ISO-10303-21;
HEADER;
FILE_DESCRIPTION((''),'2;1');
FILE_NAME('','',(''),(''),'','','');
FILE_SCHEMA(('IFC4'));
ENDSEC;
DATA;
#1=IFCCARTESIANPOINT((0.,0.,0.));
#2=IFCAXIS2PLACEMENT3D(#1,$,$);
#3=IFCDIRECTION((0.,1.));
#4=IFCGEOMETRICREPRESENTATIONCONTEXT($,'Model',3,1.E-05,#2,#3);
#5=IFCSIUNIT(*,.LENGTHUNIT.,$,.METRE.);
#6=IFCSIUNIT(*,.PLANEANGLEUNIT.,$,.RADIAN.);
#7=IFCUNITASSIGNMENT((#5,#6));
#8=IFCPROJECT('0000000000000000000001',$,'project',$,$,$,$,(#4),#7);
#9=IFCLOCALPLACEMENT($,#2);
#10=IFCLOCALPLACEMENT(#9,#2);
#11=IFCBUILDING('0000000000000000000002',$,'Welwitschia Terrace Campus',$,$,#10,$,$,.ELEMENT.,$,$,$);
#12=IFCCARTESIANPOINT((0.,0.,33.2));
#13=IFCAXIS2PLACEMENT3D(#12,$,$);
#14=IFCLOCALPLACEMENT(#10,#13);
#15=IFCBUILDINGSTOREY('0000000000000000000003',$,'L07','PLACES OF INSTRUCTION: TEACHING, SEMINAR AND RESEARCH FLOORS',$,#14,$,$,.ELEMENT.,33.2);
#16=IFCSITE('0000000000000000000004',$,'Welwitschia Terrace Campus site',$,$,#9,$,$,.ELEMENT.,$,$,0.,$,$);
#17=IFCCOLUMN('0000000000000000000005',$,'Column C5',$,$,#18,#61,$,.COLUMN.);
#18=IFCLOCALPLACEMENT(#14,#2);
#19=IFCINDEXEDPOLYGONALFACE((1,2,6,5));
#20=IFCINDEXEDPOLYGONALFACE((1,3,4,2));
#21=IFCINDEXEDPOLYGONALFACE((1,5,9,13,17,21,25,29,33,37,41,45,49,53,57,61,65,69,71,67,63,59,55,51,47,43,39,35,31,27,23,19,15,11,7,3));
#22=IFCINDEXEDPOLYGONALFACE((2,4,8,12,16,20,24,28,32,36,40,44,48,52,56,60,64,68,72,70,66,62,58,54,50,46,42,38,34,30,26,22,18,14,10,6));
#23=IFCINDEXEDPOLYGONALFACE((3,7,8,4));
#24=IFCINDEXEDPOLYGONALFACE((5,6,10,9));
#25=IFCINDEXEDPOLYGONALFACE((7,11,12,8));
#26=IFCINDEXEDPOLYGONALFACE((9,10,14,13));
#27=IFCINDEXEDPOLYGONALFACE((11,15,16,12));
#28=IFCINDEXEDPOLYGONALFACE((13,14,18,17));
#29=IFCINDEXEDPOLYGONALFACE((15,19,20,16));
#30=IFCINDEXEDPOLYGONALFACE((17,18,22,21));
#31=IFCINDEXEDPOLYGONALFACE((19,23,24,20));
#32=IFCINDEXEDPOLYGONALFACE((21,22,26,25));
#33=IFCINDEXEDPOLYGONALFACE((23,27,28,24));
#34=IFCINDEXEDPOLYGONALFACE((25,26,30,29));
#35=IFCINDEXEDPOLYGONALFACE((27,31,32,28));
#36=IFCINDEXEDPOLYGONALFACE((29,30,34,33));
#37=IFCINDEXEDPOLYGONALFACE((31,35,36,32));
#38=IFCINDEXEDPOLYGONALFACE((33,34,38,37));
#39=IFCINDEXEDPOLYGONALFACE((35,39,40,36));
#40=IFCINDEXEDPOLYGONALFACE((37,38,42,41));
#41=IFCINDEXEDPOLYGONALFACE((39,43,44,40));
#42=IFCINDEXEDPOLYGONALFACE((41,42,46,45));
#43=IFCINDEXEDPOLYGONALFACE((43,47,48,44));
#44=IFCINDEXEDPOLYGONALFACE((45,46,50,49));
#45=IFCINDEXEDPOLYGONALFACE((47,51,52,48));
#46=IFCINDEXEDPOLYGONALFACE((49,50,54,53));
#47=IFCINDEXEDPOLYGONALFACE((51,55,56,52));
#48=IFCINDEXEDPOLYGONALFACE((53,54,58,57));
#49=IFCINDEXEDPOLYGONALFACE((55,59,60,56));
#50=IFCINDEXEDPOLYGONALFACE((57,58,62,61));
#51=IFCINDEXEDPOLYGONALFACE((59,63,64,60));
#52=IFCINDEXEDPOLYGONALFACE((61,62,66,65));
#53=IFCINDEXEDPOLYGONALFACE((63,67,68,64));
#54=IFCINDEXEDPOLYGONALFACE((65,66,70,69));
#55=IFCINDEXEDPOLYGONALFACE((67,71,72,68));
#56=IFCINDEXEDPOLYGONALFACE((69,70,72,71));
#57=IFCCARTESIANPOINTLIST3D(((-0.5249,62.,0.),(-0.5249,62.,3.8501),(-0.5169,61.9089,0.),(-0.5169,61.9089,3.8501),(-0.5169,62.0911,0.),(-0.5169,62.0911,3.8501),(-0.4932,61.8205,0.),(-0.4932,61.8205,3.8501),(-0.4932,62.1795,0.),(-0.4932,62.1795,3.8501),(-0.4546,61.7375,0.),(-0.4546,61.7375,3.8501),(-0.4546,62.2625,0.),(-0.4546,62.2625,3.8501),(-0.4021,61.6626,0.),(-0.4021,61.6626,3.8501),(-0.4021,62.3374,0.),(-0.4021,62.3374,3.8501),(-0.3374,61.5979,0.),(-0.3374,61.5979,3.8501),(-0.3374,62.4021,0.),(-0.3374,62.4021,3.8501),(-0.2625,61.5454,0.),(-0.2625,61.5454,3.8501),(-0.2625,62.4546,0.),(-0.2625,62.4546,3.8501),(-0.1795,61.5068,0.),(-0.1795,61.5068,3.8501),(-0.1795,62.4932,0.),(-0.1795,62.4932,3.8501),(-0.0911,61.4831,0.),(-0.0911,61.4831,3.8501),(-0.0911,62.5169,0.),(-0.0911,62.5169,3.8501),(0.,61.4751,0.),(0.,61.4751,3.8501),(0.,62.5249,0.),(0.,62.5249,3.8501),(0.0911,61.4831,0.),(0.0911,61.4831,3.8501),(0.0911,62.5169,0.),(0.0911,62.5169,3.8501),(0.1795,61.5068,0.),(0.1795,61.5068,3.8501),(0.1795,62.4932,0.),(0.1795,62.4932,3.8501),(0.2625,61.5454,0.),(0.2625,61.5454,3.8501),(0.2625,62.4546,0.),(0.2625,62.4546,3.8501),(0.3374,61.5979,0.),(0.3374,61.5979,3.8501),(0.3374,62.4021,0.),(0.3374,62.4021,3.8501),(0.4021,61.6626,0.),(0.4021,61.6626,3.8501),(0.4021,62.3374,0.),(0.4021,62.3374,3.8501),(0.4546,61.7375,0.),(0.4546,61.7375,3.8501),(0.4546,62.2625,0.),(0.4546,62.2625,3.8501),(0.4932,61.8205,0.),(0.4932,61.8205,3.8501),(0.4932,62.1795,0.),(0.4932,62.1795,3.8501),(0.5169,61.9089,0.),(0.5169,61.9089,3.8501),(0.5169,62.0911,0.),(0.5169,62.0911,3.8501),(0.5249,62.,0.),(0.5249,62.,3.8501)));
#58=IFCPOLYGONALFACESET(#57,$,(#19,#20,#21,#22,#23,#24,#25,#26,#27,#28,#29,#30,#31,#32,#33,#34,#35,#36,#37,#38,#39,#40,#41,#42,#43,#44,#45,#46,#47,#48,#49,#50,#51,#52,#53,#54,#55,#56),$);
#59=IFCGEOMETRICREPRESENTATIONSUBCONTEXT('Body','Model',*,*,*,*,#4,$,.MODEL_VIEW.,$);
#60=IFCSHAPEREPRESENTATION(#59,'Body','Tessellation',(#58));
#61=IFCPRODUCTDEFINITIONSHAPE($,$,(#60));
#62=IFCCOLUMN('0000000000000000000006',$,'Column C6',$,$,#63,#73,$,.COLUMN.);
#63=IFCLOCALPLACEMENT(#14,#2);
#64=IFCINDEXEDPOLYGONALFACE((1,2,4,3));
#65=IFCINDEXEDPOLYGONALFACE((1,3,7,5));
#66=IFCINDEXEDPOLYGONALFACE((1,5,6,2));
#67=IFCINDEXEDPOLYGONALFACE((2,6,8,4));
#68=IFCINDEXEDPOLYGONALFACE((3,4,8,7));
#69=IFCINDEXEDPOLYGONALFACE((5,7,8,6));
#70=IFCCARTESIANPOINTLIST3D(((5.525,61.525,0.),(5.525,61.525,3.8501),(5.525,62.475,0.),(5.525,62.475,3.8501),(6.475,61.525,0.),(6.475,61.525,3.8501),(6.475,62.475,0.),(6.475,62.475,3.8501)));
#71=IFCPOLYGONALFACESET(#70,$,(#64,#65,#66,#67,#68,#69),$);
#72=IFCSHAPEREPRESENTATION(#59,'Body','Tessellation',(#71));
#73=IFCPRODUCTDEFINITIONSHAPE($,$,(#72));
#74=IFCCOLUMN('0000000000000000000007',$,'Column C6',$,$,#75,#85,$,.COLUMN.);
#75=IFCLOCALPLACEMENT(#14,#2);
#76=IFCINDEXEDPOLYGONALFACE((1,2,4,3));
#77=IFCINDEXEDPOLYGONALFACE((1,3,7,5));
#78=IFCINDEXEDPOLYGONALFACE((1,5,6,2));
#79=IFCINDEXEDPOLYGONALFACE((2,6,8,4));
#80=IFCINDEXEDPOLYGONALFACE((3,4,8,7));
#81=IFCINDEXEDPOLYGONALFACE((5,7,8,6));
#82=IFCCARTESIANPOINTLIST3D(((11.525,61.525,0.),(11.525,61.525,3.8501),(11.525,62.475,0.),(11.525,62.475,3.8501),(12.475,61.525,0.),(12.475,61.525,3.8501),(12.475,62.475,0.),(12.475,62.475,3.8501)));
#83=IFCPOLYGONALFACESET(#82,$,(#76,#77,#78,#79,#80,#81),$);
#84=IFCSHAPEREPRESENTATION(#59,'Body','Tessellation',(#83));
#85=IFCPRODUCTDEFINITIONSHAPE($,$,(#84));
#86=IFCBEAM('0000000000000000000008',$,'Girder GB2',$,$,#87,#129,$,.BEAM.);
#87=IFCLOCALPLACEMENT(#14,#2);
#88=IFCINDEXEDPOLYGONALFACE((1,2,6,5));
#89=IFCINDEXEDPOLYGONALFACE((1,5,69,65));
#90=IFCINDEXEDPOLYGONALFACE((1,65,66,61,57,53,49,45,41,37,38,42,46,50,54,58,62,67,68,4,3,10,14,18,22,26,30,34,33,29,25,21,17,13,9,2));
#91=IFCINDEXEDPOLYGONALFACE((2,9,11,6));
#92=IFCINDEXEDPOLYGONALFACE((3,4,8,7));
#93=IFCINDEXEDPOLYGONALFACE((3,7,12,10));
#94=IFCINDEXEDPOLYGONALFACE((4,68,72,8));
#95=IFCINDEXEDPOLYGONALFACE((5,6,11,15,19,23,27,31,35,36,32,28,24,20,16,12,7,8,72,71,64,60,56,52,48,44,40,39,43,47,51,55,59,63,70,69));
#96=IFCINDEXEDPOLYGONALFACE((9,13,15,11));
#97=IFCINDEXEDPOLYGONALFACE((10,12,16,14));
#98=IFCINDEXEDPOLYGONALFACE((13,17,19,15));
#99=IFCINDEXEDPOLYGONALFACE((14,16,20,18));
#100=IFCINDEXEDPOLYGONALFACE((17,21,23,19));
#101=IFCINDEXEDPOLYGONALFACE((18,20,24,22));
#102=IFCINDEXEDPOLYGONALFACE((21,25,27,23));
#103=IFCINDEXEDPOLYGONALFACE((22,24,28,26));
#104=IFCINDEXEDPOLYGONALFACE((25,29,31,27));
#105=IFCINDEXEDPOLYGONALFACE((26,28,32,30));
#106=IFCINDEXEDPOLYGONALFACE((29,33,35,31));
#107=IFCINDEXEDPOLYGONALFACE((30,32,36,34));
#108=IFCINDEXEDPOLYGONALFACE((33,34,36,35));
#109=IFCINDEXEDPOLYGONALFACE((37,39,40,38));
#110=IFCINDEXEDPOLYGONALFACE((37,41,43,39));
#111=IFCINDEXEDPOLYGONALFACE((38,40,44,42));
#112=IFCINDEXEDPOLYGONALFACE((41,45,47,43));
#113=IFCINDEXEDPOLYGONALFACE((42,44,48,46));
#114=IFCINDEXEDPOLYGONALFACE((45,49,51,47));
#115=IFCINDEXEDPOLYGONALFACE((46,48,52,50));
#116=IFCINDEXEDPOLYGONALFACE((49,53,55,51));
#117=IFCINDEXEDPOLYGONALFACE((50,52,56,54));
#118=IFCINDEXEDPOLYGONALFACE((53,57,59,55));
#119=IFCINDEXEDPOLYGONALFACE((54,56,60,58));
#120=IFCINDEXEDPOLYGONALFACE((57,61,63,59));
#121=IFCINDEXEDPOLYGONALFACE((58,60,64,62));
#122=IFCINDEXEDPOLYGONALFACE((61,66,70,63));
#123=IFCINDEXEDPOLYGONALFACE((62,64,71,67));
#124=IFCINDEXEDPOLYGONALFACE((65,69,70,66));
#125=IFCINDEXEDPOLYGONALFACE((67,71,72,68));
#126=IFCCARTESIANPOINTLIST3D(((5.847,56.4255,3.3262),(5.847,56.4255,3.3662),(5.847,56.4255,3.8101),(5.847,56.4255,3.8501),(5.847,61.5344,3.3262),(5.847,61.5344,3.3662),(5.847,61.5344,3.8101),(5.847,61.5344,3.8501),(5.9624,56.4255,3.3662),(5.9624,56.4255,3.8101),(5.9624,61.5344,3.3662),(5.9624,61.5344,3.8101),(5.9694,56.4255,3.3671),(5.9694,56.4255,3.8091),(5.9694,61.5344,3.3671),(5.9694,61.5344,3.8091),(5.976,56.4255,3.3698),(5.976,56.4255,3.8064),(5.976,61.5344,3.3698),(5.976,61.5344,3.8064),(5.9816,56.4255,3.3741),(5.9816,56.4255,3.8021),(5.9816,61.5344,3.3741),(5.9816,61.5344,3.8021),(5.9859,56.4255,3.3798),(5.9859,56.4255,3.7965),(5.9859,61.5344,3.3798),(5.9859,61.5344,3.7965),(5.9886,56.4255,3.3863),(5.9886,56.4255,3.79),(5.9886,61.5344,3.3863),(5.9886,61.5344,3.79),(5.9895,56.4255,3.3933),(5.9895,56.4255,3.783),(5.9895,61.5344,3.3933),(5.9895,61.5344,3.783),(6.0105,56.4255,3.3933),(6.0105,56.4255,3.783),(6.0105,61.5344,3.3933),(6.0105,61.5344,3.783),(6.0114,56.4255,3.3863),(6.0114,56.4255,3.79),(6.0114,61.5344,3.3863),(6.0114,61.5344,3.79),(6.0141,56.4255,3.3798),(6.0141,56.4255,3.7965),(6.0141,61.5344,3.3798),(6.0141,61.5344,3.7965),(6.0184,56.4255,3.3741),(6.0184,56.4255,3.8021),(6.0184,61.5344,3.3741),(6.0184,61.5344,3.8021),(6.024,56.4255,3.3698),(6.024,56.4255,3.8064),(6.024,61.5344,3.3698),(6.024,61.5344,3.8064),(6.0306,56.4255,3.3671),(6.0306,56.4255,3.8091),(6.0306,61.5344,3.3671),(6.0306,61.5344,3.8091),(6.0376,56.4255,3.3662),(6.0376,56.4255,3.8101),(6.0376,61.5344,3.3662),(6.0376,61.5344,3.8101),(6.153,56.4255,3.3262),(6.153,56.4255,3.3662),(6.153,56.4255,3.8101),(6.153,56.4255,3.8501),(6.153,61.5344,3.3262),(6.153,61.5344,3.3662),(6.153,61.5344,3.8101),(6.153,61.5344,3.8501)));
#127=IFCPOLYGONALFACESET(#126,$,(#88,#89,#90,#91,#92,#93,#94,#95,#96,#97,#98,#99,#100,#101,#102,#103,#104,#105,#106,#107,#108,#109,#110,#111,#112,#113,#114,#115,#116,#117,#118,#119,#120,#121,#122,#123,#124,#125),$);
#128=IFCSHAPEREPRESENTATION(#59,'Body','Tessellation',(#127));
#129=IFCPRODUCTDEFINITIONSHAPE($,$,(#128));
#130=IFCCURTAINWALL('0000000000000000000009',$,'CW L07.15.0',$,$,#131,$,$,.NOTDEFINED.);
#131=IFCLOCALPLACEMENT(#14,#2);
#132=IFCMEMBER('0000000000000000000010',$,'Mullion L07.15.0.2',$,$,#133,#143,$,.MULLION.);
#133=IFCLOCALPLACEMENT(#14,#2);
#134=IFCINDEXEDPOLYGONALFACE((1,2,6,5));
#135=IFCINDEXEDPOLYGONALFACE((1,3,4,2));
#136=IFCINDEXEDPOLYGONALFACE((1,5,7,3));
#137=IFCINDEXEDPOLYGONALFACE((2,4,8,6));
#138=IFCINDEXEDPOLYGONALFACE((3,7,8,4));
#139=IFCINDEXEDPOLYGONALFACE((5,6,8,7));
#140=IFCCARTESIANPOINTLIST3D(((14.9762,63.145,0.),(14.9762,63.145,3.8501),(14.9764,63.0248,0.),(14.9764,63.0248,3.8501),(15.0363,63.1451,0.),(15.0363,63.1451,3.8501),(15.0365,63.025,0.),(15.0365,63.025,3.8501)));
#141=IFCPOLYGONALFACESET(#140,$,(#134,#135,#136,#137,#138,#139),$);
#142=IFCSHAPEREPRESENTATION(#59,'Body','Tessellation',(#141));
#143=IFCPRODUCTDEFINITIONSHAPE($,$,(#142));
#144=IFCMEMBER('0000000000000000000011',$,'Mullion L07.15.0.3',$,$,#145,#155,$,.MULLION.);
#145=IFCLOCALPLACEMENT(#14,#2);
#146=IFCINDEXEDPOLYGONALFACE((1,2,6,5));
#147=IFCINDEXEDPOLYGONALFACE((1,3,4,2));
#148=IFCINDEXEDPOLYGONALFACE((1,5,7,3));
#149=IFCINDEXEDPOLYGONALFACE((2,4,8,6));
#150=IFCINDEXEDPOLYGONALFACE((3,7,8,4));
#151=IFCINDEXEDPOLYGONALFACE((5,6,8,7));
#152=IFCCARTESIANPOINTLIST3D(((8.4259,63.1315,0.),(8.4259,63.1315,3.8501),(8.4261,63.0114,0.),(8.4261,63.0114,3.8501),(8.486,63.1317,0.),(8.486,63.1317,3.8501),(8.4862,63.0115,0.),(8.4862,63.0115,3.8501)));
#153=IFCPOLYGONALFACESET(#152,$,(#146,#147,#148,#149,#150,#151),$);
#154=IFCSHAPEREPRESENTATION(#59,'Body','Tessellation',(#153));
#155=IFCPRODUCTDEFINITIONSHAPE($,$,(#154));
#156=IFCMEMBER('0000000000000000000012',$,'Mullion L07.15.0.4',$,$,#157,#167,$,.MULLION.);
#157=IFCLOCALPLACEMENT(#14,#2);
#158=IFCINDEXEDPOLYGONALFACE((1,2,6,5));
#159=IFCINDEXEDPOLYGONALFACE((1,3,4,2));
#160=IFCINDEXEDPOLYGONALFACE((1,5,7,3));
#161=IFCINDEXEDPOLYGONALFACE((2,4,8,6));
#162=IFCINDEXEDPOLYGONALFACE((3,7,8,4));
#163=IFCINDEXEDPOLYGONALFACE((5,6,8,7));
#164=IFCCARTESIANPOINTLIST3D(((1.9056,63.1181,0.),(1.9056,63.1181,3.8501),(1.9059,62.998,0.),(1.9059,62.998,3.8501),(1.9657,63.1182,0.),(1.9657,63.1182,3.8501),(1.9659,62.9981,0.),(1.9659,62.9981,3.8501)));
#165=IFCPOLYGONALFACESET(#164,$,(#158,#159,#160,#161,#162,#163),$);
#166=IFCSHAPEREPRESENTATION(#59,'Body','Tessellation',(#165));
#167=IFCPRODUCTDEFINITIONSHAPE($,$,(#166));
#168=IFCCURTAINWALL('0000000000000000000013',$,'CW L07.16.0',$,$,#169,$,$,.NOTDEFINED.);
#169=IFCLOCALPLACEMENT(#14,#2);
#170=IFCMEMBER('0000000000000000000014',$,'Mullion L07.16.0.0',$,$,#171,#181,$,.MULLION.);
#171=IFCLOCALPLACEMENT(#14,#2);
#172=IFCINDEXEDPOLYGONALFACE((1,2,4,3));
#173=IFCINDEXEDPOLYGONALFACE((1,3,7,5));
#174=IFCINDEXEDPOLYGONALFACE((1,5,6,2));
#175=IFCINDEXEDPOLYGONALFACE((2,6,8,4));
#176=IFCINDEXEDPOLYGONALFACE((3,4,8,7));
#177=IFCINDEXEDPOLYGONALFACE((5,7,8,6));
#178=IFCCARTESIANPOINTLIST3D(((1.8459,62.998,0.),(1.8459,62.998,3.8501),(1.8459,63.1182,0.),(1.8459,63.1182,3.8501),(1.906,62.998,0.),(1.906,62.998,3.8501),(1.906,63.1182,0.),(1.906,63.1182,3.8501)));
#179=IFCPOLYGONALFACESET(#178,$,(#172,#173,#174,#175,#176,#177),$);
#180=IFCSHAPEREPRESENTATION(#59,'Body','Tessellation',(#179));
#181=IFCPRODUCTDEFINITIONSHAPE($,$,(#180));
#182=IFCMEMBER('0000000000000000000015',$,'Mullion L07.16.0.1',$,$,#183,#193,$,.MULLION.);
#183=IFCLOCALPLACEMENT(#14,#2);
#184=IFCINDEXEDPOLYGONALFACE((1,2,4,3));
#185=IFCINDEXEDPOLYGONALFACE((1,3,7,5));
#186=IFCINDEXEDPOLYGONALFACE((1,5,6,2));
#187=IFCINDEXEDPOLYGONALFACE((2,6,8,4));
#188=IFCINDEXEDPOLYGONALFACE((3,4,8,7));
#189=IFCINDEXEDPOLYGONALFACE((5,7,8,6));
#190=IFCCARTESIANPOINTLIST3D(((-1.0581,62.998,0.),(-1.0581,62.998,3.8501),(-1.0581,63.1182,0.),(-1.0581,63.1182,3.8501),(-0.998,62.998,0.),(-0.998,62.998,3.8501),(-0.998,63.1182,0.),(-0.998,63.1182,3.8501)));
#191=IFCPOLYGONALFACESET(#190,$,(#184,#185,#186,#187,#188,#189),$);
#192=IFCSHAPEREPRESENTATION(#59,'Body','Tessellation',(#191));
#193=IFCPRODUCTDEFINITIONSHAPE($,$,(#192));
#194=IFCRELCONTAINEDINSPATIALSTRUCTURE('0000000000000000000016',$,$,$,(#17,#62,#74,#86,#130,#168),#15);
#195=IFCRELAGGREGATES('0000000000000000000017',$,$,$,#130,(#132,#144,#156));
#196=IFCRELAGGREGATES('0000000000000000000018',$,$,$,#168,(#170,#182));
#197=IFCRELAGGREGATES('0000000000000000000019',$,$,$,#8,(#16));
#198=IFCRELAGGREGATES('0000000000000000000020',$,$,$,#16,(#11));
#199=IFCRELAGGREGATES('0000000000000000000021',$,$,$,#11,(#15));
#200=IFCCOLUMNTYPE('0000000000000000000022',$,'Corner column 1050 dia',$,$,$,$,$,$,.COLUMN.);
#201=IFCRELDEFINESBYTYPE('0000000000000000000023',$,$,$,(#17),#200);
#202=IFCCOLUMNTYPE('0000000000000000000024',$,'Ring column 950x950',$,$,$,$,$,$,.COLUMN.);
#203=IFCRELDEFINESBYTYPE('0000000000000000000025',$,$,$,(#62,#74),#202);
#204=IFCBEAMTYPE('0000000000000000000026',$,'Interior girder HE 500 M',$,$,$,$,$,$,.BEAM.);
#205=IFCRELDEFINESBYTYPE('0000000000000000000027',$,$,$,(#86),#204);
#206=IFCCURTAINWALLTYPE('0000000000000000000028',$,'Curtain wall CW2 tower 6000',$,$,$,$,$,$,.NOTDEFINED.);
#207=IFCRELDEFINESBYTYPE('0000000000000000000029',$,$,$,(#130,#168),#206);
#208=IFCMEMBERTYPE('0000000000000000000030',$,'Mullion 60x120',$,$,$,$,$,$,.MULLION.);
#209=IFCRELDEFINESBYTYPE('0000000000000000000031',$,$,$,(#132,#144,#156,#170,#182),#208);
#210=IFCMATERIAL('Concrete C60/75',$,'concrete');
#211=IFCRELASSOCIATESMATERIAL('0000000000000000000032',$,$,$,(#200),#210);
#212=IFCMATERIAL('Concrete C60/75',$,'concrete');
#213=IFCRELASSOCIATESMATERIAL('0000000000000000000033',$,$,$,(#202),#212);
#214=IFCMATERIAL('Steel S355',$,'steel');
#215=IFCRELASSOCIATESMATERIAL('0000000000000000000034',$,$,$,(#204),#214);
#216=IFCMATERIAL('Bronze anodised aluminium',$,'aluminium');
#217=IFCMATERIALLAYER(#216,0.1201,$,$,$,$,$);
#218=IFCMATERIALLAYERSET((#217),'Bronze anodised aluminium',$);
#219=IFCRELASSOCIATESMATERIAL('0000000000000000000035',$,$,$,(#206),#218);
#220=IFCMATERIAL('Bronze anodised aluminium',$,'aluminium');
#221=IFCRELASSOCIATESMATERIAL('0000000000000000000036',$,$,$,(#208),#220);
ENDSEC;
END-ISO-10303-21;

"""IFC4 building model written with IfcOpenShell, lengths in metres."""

from ifc_helpers import new_model, si_unit, direction, frame, origin, origin_2d, place, context, subcontext, project, spatial, rectangle, circle, i_section, extrude, material, layer, layer_set, material_profile, profile_set, type_object, element, aggregate, save


model = new_model("IFC4")

# Units and contexts
model_context = context("Model", 3, precision=1e-05, world=origin(), true_north=direction((0.0, 1.0)))
body_context = subcontext(model_context, "Body", "Model", "MODEL_VIEW")
ifc_project = project(units=[si_unit("LENGTHUNIT", "METRE"), si_unit("PLANEANGLEUNIT", "RADIAN")], contexts=[model_context])

# Site, building, storey
site_placement = place(None, origin())
site = spatial("IfcSite", under=ifc_project, at=site_placement, Name="Welwitschia Terrace Campus site", CompositionType="ELEMENT", RefElevation=0.0)
building_placement = place(site_placement, origin())
building = spatial("IfcBuilding", under=site, at=building_placement, Name="Welwitschia Terrace Campus", CompositionType="ELEMENT")
storey_placement = place(building_placement, frame((0.0, 0.0, 33.2)))
storey = spatial("IfcBuildingStorey", under=building, at=storey_placement, Name="L07", Description="PLACES OF INSTRUCTION: TEACHING, SEMINAR AND RESEARCH FLOORS", CompositionType="ELEMENT", Elevation=33.2)

# Columns
ifc_material_1 = material(Name="Concrete C60/75", Category="concrete")
ifc_material_profile_1 = material_profile(ifc_material_1, circle(Radius=0.5249, at=origin_2d()))
ifc_profile_set_1 = profile_set([ifc_material_profile_1], Name="Concrete C60/75")
column_type_1 = type_object("IfcColumnType", Name="Corner column 1050 dia", PredefinedType="COLUMN", material=ifc_profile_set_1)
column_placement = place(storey_placement, frame((0.0, 62.0, 0.0), z_axis=(0.0, 0.0, 1.0), x_axis=(1.0, 0.0, 0.0)))
element("IfcColumn", 1, at=column_placement, inside=storey, type_object=column_type_1, Name="Column C5", PredefinedType="COLUMN", context=body_context, shape_type="SweptSolid", body=[
    extrude(circle(Radius=0.5249, at=origin_2d()), origin(), (0.0, 0.0, 1.0), 3.8501),
])
ifc_material_2 = material(Name="Concrete C60/75", Category="concrete")
ifc_material_profile_2 = material_profile(ifc_material_2, rectangle(XDim=0.95, YDim=0.95, at=origin_2d()))
ifc_profile_set_2 = profile_set([ifc_material_profile_2], Name="Concrete C60/75")
column_type_2 = type_object("IfcColumnType", Name="Ring column 950x950", PredefinedType="COLUMN", material=ifc_profile_set_2)
for number, where, z_axis, x_axis, name in (
    (2, (6.0, 62.0, 0.0), (0.0, 0.0, 1.0), (1.0, 0.0, 0.0), "Column C6"),
    (3, (12.0, 62.0, 0.0), (0.0, 0.0, 1.0), (1.0, 0.0, 0.0), "Column C6"),
):
    element("IfcColumn", number, at=place(storey_placement, frame(where, z_axis=z_axis, x_axis=x_axis)), inside=storey, type_object=column_type_2, Name=name, PredefinedType="COLUMN", context=body_context, shape_type="SweptSolid", body=[
        extrude(rectangle(XDim=0.95, YDim=0.95, at=origin_2d()), origin(), (0.0, 0.0, 1.0), 3.8501),
    ])

# Beam
ifc_material_3 = material(Name="Steel S355", Category="steel")
ifc_material_profile_3 = material_profile(ifc_material_3, i_section(OverallWidth=0.3059, OverallDepth=0.5239, WebThickness=0.021, FlangeThickness=0.04, FilletRadius=0.0271, at=origin_2d()))
ifc_profile_set_3 = profile_set([ifc_material_profile_3], Name="Steel S355")
beam_type_1 = type_object("IfcBeamType", Name="Interior girder HE 500 M", PredefinedType="BEAM", material=ifc_profile_set_3)
beam_1_placement = place(storey_placement, frame((6.0, 56.4255, 3.5881), z_axis=(0.0, 1.0, 0.0), x_axis=(-1.0, 0.0, 0.0)))
element("IfcBeam", 4, at=beam_1_placement, inside=storey, type_object=beam_type_1, Name="Girder GB2", PredefinedType="BEAM", context=body_context, shape_type="SweptSolid", body=[
    extrude(i_section(OverallWidth=0.3059, OverallDepth=0.5239, WebThickness=0.021, FlangeThickness=0.04, FilletRadius=0.0271, at=origin_2d()), origin(), (0.0, 0.0, 1.0), 5.1089),
])

# Curtain walls, members
ifc_material_4 = material(Name="Bronze anodised aluminium", Category="aluminium")
ifc_layer_1 = layer(ifc_material_4, 0.1201)
ifc_layer_set_1 = layer_set([ifc_layer_1], Name="Bronze anodised aluminium")
curtain_wall_type = type_object("IfcCurtainWallType", Name="Curtain wall CW2 tower 6000", PredefinedType="NOTDEFINED", material=ifc_layer_set_1)
curtain_wall_1_placement = place(storey_placement, origin())
curtain_wall_1 = element("IfcCurtainWall", 5, at=curtain_wall_1_placement, inside=storey, type_object=curtain_wall_type, Name="CW L07.15.0", PredefinedType="NOTDEFINED")
ifc_material_5 = material(Name="Bronze anodised aluminium", Category="aluminium")
ifc_material_profile_4 = material_profile(ifc_material_5, rectangle(XDim=0.1201, YDim=0.0601, at=origin_2d()))
ifc_profile_set_4 = profile_set([ifc_material_profile_4], Name="Bronze anodised aluminium")
member_type_1 = type_object("IfcMemberType", Name="Mullion 60x120", PredefinedType="MULLION", material=ifc_profile_set_4)
member_1_placement = place(storey_placement, frame((15.0063, 63.085, 0.0), z_axis=(0.0, 0.0, 1.0), x_axis=(0.002058, -0.999998, 0.0)))
member_1 = element("IfcMember", 6, at=member_1_placement, type_object=member_type_1, Name="Mullion L07.15.0.2", PredefinedType="MULLION", context=body_context, shape_type="SweptSolid", body=[
    extrude(rectangle(XDim=0.1201, YDim=0.0601, at=origin_2d()), origin(), (0.0, 0.0, 1.0), 3.8501),
])
member_2_placement = place(storey_placement, frame((8.4561, 63.0715, 0.0), z_axis=(0.0, 0.0, 1.0), x_axis=(0.002058, -0.999998, 0.0)))
member_2 = element("IfcMember", 7, at=member_2_placement, type_object=member_type_1, Name="Mullion L07.15.0.3", PredefinedType="MULLION", context=body_context, shape_type="SweptSolid", body=[
    extrude(rectangle(XDim=0.1201, YDim=0.0601, at=origin_2d()), origin(), (0.0, 0.0, 1.0), 3.8501),
])
member_3_placement = place(storey_placement, frame((1.9358, 63.0581, 0.0), z_axis=(0.0, 0.0, 1.0), x_axis=(0.002058, -0.999998, 0.0)))
member_3 = element("IfcMember", 8, at=member_3_placement, type_object=member_type_1, Name="Mullion L07.15.0.4", PredefinedType="MULLION", context=body_context, shape_type="SweptSolid", body=[
    extrude(rectangle(XDim=0.1201, YDim=0.0601, at=origin_2d()), origin(), (0.0, 0.0, 1.0), 3.8501),
])
curtain_wall_2_placement = place(storey_placement, origin())
curtain_wall_2 = element("IfcCurtainWall", 9, at=curtain_wall_2_placement, inside=storey, type_object=curtain_wall_type, Name="CW L07.16.0", PredefinedType="NOTDEFINED")
member_4_placement = place(storey_placement, frame((1.876, 63.0581, 0.0), z_axis=(0.0, 0.0, 1.0), x_axis=(0.0, -1.0, 0.0)))
member_4 = element("IfcMember", 10, at=member_4_placement, type_object=member_type_1, Name="Mullion L07.16.0.0", PredefinedType="MULLION", context=body_context, shape_type="SweptSolid", body=[
    extrude(rectangle(XDim=0.1201, YDim=0.0601, at=origin_2d()), origin(), (0.0, 0.0, 1.0), 3.8501),
])
member_5_placement = place(storey_placement, frame((-1.0281, 63.0581, 0.0), z_axis=(0.0, 0.0, 1.0), x_axis=(0.0, -1.0, 0.0)))
member_5 = element("IfcMember", 11, at=member_5_placement, type_object=member_type_1, Name="Mullion L07.16.0.1", PredefinedType="MULLION", context=body_context, shape_type="SweptSolid", body=[
    extrude(rectangle(XDim=0.1201, YDim=0.0601, at=origin_2d()), origin(), (0.0, 0.0, 1.0), 3.8501),
])

aggregate(curtain_wall_1, [member_1, member_2, member_3])
aggregate(curtain_wall_2, [member_4, member_5])

save(model, "model.ifc")
